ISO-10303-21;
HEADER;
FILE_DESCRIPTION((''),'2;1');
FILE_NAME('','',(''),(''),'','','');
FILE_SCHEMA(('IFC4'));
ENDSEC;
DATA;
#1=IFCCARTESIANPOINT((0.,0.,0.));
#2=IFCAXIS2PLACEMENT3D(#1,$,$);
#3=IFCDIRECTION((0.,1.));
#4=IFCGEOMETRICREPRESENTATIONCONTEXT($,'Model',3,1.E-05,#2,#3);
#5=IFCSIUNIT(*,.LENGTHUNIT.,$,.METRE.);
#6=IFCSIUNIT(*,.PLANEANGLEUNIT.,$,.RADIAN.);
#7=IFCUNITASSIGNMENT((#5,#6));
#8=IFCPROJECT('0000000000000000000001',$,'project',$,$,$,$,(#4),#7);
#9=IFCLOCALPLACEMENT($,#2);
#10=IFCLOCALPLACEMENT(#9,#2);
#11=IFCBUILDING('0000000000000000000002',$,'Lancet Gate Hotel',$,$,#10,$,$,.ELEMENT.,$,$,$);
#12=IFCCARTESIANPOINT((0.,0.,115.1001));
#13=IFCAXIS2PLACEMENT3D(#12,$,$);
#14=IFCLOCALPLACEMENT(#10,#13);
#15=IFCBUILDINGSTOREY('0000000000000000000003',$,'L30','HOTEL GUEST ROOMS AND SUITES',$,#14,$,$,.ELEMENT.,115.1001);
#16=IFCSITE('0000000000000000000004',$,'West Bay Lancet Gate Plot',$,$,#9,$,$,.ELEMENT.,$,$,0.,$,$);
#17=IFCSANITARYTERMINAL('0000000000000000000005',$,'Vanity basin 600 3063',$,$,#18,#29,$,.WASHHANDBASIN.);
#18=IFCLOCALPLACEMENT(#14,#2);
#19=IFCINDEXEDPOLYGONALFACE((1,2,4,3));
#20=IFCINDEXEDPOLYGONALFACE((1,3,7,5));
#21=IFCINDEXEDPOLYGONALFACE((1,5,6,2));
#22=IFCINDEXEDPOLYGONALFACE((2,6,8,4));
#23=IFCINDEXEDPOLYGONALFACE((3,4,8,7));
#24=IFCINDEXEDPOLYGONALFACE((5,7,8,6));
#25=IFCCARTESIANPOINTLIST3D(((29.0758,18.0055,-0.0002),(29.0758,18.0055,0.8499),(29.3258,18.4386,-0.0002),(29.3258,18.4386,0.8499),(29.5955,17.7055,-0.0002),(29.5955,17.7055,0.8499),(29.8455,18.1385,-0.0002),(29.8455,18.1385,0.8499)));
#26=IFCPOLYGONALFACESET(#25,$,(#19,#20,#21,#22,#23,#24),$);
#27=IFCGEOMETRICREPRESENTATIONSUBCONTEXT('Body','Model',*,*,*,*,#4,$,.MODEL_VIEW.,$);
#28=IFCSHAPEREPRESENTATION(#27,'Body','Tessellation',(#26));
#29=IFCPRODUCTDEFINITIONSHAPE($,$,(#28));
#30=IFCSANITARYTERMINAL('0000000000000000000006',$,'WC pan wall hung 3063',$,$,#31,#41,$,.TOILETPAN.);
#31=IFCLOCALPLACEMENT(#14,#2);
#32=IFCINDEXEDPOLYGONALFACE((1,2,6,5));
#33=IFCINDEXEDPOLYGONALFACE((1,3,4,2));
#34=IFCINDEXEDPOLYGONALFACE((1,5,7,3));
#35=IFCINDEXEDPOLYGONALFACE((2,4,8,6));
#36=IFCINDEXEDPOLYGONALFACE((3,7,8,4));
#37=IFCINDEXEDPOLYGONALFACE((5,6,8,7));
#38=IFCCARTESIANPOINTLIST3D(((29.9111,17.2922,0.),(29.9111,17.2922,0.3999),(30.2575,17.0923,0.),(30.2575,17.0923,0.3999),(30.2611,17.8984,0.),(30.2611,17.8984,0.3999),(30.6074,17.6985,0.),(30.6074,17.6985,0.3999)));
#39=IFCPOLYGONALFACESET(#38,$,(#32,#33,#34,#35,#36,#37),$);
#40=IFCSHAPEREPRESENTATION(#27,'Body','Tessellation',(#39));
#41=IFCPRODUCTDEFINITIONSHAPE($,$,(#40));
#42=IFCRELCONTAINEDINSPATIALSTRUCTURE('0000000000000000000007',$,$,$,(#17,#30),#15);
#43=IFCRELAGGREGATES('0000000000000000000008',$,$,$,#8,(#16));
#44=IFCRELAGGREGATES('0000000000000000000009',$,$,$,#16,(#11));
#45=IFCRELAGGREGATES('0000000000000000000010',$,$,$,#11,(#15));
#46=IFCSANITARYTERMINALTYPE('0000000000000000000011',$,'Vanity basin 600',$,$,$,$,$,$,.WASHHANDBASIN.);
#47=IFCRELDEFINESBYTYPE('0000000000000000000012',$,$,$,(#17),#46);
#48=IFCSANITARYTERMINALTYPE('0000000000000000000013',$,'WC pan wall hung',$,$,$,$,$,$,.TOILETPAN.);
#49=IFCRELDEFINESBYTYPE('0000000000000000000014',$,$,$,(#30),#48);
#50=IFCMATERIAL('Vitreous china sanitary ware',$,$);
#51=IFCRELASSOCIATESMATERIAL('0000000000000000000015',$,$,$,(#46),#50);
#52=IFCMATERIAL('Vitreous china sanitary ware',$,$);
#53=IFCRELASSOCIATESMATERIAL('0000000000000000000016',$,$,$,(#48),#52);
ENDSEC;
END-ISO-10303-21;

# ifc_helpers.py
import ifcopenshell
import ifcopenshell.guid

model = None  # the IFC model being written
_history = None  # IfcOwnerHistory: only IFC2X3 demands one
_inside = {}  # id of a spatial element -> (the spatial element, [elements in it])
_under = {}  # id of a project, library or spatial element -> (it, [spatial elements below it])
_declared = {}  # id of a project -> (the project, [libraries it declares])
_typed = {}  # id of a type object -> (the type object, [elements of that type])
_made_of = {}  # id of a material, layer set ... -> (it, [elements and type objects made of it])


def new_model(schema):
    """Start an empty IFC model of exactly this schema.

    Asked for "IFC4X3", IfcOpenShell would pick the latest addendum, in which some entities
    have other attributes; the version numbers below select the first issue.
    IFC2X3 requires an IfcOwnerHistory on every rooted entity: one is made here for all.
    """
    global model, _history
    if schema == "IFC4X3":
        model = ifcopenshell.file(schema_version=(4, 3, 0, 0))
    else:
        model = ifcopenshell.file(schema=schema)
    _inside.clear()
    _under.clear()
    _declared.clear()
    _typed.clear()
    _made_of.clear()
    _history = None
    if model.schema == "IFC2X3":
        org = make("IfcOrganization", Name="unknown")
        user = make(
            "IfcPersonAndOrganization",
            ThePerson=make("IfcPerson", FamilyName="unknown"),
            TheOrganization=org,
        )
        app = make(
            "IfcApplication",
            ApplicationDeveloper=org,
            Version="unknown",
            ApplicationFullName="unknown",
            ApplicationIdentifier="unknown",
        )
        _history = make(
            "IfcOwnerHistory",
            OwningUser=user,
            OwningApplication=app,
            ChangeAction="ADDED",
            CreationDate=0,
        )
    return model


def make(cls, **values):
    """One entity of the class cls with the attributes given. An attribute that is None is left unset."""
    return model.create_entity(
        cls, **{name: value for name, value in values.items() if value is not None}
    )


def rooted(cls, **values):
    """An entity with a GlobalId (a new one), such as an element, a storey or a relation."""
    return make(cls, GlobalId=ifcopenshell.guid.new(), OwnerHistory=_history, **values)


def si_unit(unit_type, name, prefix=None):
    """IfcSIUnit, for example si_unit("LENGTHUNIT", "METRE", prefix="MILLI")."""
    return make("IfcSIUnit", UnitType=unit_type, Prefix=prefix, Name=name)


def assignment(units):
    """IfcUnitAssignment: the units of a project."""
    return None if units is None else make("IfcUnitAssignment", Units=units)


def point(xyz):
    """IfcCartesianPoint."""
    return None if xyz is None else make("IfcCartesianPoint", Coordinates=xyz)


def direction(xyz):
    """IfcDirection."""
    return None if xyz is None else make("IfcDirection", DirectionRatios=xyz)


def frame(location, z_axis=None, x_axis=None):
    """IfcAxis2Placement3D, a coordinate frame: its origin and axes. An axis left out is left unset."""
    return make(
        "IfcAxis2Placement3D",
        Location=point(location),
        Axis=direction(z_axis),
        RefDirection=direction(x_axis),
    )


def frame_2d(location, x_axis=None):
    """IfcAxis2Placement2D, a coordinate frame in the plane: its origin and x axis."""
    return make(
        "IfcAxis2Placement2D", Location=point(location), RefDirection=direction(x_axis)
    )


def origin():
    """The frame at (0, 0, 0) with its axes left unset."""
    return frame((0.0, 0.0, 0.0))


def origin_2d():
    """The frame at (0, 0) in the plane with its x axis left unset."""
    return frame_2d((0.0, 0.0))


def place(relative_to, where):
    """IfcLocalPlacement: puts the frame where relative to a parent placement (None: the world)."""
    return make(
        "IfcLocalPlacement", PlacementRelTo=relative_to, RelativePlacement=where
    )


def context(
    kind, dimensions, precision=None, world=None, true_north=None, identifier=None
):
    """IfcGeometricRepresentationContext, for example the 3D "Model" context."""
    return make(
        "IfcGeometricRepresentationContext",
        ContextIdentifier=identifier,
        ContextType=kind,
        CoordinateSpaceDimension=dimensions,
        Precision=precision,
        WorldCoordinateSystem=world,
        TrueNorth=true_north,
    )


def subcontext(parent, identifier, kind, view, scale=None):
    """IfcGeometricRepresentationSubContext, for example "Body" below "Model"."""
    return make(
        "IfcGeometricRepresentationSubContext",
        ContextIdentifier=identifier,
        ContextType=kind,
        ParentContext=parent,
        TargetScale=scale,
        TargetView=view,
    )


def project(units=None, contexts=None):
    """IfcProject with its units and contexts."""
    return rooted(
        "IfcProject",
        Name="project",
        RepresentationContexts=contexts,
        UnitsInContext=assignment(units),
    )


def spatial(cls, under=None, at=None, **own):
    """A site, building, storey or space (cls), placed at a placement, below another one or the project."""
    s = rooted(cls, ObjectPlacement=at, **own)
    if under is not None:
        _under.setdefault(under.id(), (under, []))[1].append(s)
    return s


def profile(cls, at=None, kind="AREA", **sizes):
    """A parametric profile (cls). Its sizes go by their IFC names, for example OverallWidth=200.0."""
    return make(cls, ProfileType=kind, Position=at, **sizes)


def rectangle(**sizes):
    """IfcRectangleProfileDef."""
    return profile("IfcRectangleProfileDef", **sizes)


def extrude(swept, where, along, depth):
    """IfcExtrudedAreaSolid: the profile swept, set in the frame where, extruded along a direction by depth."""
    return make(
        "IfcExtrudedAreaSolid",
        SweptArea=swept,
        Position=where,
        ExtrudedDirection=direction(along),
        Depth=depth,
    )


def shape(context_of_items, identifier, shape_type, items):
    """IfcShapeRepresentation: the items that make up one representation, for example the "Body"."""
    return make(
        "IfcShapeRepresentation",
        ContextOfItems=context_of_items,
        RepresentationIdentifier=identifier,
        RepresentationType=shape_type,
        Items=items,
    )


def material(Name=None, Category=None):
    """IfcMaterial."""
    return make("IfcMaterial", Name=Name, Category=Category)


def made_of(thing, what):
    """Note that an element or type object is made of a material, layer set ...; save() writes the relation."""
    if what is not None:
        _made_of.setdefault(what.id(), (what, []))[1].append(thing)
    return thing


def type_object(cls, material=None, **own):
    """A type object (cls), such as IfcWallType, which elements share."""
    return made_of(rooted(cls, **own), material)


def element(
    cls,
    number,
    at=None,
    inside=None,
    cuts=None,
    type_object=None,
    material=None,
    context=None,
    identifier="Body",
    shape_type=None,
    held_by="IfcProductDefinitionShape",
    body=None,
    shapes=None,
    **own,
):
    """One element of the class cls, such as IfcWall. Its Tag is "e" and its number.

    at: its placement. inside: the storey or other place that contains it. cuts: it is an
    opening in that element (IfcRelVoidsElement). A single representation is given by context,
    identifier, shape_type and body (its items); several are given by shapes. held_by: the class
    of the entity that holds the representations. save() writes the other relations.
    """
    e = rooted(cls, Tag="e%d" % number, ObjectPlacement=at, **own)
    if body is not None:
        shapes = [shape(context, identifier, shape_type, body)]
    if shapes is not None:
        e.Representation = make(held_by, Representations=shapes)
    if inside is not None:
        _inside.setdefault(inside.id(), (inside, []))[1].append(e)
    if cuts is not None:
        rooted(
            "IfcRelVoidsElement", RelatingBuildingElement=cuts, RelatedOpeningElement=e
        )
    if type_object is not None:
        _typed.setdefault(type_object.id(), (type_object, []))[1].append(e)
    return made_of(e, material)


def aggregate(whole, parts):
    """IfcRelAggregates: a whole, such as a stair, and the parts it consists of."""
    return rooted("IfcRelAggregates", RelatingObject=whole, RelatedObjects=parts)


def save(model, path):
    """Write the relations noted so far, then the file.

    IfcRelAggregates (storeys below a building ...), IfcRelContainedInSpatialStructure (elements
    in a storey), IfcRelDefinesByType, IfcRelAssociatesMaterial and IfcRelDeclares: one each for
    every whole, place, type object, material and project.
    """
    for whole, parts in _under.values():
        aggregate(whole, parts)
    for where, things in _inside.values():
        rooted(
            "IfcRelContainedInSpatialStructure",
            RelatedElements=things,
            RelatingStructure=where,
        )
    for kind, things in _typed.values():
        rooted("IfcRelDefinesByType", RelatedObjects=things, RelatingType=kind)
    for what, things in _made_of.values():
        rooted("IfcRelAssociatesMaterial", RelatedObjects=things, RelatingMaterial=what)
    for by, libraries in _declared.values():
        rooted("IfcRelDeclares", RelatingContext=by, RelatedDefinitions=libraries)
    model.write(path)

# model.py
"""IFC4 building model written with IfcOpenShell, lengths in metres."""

from ifc_helpers import new_model, si_unit, direction, frame, origin, origin_2d, place, context, subcontext, project, spatial, rectangle, extrude, material, type_object, element, save


model = new_model("IFC4")

# Units and contexts
model_context = context("Model", 3, precision=1e-05, world=origin(), true_north=direction((0.0, 1.0)))
body_context = subcontext(model_context, "Body", "Model", "MODEL_VIEW")
ifc_project = project(units=[si_unit("LENGTHUNIT", "METRE"), si_unit("PLANEANGLEUNIT", "RADIAN")], contexts=[model_context])

# Site, building, storey
site_placement = place(None, origin())
site = spatial("IfcSite", under=ifc_project, at=site_placement, Name="West Bay Lancet Gate Plot", CompositionType="ELEMENT", RefElevation=0.0)
building_placement = place(site_placement, origin())
building = spatial("IfcBuilding", under=site, at=building_placement, Name="Lancet Gate Hotel", CompositionType="ELEMENT")
storey_placement = place(building_placement, frame((0.0, 0.0, 115.1001)))
storey = spatial("IfcBuildingStorey", under=building, at=storey_placement, Name="L30", Description="HOTEL GUEST ROOMS AND SUITES", CompositionType="ELEMENT", Elevation=115.1001)

# Sanitary terminals
ifc_material_1 = material(Name="Vitreous china sanitary ware")
sanitary_terminal_type_1 = type_object("IfcSanitaryTerminalType", Name="Vanity basin 600", PredefinedType="WASHHANDBASIN", material=ifc_material_1)
sanitary_terminal_1_placement = place(storey_placement, frame((29.4607, 18.072, -0.0002), z_axis=(0.0, 0.0, 1.0), x_axis=(0.866025, -0.5, 0.0)))
element("IfcSanitaryTerminal", 1, at=sanitary_terminal_1_placement, inside=storey, type_object=sanitary_terminal_type_1, Name="Vanity basin 600 3063", PredefinedType="WASHHANDBASIN", context=body_context, shape_type="SweptSolid", body=[
    extrude(rectangle(XDim=0.6001, YDim=0.5, at=origin_2d()), origin(), (0.0, 0.0, 1.0), 0.8501),
])
ifc_material_2 = material(Name="Vitreous china sanitary ware")
sanitary_terminal_type_2 = type_object("IfcSanitaryTerminalType", Name="WC pan wall hung", PredefinedType="TOILETPAN", material=ifc_material_2)
sanitary_terminal_2_placement = place(storey_placement, frame((30.2593, 17.4954, 0.0), z_axis=(0.0, 0.0, 1.0), x_axis=(0.866025, -0.5, 0.0)))
element("IfcSanitaryTerminal", 2, at=sanitary_terminal_2_placement, inside=storey, type_object=sanitary_terminal_type_2, Name="WC pan wall hung 3063", PredefinedType="TOILETPAN", context=body_context, shape_type="SweptSolid", body=[
    extrude(rectangle(XDim=0.3999, YDim=0.7, at=origin_2d()), origin(), (0.0, 0.0, 1.0), 0.3999),
])

save(model, "model.ifc")
